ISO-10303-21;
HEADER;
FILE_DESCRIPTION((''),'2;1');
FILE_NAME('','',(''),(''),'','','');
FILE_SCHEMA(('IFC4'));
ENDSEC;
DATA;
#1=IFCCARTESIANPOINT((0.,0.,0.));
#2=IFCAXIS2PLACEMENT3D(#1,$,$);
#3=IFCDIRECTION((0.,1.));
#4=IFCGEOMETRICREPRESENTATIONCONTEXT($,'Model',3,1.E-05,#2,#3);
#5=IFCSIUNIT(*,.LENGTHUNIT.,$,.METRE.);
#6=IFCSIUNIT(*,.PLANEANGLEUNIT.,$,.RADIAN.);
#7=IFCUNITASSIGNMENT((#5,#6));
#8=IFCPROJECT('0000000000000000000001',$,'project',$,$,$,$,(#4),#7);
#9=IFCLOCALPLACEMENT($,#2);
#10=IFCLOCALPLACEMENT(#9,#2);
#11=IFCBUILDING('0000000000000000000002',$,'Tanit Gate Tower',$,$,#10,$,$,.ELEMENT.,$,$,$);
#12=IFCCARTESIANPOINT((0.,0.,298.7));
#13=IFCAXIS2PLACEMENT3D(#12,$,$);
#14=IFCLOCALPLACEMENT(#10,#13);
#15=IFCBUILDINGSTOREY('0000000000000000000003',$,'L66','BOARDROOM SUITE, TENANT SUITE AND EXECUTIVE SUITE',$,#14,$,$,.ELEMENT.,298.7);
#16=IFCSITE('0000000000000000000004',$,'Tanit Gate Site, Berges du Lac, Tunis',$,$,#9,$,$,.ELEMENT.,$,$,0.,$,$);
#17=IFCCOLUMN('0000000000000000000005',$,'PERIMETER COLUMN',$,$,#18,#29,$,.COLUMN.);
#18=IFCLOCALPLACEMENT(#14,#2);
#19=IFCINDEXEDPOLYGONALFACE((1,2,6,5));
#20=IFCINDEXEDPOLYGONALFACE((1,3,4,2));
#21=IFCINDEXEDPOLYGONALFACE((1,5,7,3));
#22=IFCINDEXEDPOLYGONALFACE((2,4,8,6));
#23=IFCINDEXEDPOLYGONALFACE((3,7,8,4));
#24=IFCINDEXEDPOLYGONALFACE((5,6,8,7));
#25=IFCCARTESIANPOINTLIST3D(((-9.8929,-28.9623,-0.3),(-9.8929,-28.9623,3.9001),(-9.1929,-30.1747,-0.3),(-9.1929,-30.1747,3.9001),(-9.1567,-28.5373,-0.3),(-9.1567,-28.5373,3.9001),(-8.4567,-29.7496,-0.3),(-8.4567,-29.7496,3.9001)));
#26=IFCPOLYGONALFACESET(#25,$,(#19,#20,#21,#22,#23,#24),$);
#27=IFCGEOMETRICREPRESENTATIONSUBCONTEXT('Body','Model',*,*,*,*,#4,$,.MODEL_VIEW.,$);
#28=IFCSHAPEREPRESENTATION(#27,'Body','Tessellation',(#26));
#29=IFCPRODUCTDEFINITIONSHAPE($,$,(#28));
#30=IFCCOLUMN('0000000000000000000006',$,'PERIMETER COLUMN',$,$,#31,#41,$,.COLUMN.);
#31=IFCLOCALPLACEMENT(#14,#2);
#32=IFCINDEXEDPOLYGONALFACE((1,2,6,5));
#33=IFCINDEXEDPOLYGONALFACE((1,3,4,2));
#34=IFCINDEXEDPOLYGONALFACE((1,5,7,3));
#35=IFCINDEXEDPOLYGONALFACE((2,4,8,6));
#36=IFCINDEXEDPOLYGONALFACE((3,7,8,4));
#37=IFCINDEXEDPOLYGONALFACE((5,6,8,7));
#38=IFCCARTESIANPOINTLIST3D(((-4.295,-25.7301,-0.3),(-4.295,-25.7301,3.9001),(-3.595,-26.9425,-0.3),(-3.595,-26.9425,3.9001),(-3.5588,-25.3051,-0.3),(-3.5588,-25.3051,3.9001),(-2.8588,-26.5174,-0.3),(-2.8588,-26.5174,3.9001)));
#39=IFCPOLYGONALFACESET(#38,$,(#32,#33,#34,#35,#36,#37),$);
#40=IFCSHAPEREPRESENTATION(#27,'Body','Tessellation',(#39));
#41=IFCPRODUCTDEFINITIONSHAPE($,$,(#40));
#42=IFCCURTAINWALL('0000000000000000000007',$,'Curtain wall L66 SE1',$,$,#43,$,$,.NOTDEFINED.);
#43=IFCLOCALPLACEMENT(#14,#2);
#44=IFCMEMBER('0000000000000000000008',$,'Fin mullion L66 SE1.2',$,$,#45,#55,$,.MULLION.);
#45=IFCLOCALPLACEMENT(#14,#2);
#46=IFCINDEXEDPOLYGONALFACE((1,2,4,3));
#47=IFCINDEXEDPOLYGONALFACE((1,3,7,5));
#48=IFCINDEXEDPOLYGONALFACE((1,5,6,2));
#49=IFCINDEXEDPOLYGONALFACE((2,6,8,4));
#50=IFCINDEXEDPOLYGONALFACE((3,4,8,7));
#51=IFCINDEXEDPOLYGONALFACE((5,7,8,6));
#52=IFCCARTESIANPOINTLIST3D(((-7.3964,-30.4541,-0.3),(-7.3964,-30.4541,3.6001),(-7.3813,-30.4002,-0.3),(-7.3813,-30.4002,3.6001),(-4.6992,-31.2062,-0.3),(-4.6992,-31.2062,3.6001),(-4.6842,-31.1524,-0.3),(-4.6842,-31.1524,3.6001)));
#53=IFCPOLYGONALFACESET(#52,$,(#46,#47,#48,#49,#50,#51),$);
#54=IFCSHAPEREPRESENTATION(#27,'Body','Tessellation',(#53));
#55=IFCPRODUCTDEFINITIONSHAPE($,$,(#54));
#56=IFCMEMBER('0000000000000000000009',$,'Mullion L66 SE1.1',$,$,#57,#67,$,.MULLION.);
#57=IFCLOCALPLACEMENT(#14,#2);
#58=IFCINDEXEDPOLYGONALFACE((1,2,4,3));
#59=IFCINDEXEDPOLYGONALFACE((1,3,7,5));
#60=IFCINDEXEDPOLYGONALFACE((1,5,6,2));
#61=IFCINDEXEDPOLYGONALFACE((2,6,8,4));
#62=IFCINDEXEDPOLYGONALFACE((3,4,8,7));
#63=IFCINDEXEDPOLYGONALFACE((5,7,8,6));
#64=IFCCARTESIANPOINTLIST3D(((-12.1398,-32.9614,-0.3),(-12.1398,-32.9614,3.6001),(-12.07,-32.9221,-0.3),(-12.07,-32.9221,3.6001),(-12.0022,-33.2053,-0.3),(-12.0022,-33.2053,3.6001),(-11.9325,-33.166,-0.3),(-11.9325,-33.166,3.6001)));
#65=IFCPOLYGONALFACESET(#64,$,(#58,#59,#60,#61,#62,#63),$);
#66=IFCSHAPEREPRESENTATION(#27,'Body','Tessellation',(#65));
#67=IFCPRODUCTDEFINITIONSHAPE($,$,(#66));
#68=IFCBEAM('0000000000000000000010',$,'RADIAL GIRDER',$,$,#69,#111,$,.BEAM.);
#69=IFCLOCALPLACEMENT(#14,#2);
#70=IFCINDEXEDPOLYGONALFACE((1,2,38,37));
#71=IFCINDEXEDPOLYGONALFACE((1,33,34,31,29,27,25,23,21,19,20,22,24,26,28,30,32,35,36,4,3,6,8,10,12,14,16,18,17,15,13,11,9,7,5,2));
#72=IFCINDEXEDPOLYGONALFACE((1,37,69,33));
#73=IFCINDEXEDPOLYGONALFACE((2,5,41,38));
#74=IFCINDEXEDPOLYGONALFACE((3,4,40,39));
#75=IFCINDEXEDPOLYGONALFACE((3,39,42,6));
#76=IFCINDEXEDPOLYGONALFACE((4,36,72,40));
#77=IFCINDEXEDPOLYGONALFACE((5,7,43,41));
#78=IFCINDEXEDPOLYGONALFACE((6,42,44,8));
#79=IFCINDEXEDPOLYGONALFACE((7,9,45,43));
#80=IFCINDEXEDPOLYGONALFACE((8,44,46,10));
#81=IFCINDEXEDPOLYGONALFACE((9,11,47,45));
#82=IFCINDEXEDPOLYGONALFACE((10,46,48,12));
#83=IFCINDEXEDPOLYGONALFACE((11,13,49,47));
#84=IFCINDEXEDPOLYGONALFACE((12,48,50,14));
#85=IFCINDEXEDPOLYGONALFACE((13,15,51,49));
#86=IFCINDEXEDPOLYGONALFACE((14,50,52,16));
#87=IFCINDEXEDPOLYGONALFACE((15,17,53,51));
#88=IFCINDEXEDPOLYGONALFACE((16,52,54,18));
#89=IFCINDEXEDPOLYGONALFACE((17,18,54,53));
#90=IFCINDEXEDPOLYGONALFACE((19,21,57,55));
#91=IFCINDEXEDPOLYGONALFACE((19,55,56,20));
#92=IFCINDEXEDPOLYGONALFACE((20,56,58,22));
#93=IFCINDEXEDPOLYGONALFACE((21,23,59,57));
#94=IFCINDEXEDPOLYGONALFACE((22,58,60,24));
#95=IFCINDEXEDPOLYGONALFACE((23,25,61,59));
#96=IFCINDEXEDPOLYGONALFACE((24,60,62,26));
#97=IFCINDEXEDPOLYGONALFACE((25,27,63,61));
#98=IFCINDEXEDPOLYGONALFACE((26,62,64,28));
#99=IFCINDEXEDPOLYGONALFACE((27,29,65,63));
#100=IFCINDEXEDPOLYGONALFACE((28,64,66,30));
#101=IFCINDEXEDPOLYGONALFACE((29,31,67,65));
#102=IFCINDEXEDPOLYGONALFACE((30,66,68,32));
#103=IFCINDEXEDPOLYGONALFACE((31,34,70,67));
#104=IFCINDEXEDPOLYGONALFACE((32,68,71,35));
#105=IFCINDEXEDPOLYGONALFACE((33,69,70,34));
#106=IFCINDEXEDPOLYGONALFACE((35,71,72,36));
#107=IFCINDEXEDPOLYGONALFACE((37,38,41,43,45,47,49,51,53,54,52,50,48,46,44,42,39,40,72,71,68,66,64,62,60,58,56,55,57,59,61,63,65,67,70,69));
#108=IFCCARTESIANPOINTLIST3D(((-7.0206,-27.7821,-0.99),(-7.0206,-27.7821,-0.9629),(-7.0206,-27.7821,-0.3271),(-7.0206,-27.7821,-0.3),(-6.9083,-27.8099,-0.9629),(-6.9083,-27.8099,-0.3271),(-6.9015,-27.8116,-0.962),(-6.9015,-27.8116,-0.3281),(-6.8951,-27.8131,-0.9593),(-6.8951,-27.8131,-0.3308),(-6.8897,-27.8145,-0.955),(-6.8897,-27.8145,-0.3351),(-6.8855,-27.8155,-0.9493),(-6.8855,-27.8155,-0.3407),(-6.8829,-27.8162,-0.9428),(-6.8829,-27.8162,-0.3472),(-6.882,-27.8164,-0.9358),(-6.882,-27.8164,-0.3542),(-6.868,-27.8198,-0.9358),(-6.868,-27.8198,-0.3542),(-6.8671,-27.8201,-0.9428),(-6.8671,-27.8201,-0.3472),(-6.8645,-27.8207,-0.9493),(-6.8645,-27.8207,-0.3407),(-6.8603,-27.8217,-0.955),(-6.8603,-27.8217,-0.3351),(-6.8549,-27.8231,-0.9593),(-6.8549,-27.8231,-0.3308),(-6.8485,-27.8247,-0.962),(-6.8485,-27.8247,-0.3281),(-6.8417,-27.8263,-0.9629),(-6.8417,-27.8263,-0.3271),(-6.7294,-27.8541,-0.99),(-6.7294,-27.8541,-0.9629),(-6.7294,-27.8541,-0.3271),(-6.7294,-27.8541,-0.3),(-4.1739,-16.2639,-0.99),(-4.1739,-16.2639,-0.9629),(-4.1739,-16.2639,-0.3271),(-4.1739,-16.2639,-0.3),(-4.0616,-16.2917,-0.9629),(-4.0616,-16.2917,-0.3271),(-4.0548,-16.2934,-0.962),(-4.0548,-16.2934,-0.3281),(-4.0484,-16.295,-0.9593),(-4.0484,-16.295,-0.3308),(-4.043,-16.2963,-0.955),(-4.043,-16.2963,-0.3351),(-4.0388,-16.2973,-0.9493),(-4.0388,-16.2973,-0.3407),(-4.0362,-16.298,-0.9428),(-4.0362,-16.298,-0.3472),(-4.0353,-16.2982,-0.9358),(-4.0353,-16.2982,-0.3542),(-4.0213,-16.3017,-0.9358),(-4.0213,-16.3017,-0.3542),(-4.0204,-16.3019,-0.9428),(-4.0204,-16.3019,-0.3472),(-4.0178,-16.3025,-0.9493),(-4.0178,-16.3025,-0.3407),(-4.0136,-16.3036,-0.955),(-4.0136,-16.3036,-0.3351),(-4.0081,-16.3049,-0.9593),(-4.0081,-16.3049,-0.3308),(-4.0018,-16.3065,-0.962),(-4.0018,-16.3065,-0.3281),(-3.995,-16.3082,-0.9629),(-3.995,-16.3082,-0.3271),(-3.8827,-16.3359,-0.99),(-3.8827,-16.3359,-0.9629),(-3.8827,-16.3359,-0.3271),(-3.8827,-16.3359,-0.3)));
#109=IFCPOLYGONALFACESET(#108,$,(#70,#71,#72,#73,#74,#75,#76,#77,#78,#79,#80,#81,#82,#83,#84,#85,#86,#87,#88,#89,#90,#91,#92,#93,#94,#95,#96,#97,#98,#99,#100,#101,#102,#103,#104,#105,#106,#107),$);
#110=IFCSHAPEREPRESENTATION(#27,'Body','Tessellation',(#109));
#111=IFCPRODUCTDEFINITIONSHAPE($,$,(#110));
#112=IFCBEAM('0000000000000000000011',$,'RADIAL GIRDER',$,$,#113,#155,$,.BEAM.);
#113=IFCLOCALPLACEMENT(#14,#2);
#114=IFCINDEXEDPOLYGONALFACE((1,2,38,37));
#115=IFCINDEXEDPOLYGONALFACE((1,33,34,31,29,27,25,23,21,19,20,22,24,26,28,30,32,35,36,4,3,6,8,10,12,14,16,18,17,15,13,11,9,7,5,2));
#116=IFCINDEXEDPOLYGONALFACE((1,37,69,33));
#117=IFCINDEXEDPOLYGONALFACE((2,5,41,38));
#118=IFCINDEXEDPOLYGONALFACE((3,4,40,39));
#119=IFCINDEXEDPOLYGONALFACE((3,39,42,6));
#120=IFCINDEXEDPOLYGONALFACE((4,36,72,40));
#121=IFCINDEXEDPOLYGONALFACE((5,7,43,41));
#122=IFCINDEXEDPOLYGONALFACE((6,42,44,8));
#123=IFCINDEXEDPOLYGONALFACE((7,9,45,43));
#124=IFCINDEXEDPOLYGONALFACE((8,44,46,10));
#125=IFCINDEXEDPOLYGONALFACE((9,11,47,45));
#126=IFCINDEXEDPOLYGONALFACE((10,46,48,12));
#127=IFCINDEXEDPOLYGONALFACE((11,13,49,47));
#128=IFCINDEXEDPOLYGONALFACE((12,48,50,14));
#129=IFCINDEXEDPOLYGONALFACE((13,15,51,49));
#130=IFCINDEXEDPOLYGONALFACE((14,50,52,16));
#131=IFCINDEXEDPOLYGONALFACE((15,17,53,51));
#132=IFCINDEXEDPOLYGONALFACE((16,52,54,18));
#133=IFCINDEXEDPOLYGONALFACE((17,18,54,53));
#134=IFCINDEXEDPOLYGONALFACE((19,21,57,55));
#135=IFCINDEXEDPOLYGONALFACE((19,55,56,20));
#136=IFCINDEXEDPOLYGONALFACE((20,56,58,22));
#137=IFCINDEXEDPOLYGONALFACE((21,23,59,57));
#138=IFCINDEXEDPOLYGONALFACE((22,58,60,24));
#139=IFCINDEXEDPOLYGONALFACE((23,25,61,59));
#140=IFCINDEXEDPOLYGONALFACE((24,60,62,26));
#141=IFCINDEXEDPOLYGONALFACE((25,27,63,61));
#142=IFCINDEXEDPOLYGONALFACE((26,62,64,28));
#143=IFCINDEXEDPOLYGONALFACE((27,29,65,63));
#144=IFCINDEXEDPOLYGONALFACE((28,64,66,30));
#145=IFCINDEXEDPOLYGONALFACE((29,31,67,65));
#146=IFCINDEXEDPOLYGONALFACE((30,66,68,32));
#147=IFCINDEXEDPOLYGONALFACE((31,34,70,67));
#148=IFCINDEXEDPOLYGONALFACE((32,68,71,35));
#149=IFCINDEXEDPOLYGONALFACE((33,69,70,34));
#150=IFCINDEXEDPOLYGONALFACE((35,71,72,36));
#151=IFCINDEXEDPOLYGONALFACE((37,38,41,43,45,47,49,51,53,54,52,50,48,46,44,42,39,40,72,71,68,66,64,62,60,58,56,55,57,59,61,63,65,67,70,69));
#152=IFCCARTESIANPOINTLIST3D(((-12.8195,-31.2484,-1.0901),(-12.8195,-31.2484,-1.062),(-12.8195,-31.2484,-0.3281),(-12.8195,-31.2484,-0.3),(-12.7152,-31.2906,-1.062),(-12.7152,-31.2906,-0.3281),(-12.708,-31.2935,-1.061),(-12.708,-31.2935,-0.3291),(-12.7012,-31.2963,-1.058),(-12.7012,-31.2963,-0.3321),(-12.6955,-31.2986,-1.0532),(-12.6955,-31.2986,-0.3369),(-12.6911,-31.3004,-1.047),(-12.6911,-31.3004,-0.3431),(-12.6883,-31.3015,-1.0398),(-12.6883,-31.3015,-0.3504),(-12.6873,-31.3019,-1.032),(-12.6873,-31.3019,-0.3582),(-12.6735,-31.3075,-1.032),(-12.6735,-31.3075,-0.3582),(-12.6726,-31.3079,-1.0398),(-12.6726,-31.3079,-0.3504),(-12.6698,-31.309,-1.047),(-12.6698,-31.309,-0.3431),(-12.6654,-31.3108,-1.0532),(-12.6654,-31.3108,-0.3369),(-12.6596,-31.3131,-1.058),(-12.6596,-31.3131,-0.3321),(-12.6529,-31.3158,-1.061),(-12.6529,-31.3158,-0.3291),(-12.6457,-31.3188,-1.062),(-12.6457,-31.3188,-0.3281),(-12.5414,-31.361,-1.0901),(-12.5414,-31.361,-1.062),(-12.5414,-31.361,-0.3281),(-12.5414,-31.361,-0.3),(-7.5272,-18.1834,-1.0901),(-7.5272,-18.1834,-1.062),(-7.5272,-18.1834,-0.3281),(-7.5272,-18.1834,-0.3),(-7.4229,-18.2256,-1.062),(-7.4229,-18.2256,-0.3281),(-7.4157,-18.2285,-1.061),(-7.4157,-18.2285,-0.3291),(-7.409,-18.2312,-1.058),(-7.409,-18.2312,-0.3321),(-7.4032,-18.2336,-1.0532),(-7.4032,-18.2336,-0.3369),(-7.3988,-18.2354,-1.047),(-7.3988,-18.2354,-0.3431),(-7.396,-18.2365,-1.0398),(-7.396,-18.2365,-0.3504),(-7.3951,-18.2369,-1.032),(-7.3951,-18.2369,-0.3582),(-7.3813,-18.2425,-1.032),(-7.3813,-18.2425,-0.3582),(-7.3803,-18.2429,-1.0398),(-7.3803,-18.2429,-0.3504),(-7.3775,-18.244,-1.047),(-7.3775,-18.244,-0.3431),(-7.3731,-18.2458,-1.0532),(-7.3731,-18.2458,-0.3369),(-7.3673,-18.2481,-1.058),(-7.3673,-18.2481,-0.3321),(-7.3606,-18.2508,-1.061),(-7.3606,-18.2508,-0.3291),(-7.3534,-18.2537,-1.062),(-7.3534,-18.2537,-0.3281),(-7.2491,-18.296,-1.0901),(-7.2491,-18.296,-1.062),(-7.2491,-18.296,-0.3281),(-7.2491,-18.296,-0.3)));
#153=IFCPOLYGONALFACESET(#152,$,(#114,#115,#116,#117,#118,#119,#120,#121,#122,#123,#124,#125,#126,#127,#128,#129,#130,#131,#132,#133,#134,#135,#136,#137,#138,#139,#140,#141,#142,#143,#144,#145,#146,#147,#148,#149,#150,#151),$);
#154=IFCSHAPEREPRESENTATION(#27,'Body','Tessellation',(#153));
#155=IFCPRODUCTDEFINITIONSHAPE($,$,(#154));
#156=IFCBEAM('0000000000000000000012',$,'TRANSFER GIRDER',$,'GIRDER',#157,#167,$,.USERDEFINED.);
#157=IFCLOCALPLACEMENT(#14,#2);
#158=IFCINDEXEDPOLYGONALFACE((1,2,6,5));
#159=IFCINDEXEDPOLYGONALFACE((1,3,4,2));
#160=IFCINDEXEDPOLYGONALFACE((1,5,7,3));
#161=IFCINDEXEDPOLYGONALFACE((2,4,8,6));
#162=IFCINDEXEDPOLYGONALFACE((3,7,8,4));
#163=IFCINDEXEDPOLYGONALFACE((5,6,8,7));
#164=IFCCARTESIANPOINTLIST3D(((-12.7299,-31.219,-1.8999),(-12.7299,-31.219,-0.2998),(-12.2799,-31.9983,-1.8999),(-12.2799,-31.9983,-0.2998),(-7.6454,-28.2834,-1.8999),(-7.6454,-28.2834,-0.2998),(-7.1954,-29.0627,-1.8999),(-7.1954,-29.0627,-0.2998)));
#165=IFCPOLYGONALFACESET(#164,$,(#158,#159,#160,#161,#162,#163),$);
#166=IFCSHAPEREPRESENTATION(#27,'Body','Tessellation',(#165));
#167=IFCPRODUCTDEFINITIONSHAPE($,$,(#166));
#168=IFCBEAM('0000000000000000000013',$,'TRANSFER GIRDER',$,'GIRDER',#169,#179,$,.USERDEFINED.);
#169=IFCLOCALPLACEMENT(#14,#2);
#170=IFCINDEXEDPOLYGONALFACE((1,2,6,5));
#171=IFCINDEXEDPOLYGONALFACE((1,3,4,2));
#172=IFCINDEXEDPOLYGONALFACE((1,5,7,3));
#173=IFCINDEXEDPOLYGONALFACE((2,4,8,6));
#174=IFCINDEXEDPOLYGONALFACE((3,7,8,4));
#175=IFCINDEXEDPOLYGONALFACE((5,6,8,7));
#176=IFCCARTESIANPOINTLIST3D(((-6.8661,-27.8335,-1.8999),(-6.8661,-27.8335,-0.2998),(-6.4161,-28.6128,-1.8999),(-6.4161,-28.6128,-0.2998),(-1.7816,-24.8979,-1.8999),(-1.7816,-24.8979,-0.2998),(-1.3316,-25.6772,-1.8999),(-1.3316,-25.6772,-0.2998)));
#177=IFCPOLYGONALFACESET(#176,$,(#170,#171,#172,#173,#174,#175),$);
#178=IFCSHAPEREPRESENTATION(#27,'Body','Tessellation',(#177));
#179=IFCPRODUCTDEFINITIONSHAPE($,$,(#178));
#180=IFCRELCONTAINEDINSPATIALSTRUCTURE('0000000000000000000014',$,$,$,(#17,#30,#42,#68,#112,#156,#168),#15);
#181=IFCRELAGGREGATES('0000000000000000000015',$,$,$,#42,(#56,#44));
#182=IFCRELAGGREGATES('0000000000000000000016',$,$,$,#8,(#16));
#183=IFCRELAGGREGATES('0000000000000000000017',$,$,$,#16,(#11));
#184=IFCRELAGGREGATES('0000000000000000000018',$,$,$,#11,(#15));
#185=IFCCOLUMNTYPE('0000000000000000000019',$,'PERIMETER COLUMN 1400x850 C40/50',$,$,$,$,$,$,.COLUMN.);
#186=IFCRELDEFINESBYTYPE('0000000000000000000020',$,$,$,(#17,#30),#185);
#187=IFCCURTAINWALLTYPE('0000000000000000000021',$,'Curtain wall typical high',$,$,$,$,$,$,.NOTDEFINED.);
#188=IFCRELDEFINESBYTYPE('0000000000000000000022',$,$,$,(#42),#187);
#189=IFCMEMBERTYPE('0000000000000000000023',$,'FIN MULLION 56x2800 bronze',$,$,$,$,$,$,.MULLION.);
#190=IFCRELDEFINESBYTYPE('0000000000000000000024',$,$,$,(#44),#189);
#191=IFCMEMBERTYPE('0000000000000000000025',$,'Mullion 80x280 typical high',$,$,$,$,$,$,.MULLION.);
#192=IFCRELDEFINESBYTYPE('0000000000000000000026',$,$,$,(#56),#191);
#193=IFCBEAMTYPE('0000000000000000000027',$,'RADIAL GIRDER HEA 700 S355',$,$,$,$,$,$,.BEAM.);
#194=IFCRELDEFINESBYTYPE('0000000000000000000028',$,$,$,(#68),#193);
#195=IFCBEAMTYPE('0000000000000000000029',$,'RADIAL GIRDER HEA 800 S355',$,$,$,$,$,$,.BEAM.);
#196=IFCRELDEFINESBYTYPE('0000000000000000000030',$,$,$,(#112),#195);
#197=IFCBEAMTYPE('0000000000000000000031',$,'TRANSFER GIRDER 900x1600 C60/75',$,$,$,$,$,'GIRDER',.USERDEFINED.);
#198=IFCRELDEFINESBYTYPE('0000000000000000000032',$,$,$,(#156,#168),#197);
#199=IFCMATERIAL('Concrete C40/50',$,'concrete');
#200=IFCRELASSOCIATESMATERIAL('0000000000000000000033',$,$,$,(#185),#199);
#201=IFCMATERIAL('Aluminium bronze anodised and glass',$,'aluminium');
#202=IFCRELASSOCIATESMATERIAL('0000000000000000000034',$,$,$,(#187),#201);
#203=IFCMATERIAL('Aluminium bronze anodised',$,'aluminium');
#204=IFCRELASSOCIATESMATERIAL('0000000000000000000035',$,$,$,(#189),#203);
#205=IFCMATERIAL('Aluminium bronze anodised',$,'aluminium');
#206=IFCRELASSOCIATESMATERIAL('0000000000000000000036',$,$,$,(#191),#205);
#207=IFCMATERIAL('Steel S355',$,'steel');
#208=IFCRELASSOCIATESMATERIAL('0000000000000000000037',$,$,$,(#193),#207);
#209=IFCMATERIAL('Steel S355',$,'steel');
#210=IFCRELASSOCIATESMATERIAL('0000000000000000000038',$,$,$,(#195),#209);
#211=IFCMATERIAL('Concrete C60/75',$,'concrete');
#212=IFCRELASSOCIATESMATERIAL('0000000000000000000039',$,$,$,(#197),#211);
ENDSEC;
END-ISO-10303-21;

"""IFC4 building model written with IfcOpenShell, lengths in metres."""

from ifc_helpers import new_model, si_unit, direction, frame, origin, origin_2d, place, context, subcontext, project, spatial, rectangle, i_section, extrude, material, material_profile, profile_set, type_object, element, aggregate, save


model = new_model("IFC4")

# Units and contexts
model_context = context("Model", 3, precision=1e-05, world=origin(), true_north=direction((0.0, 1.0)))
body_context = subcontext(model_context, "Body", "Model", "MODEL_VIEW")
ifc_project = project(units=[si_unit("LENGTHUNIT", "METRE"), si_unit("PLANEANGLEUNIT", "RADIAN")], contexts=[model_context])

# Site, building, storey
site_placement = place(None, origin())
site = spatial("IfcSite", under=ifc_project, at=site_placement, Name="Tanit Gate Site, Berges du Lac, Tunis", CompositionType="ELEMENT", RefElevation=0.0)
building_placement = place(site_placement, origin())
building = spatial("IfcBuilding", under=site, at=building_placement, Name="Tanit Gate Tower", CompositionType="ELEMENT")
storey_placement = place(building_placement, frame((0.0, 0.0, 298.7)))
storey = spatial("IfcBuildingStorey", under=building, at=storey_placement, Name="L66", Description="BOARDROOM SUITE, TENANT SUITE AND EXECUTIVE SUITE", CompositionType="ELEMENT", Elevation=298.7)

# Columns
ifc_material_1 = material(Name="Concrete C40/50", Category="concrete")
ifc_material_profile_1 = material_profile(ifc_material_1, rectangle(XDim=1.3999, YDim=0.8501, at=origin_2d()), Name="RC 1400x850")
ifc_profile_set_1 = profile_set([ifc_material_profile_1], Name="Concrete C40/50")
column_type = type_object("IfcColumnType", Name="PERIMETER COLUMN 1400x850 C40/50", PredefinedType="COLUMN", material=ifc_profile_set_1)
for number, where, z_axis, x_axis, name in (
    (1, (-9.1748, -29.356, -0.3), (0.0, 0.0, 1.0), (0.5, -0.866025, 0.0), "PERIMETER COLUMN"),
    (2, (-3.5769, -26.1238, -0.3), (0.0, 0.0, 1.0), (0.5, -0.866025, 0.0), "PERIMETER COLUMN"),
):
    element("IfcColumn", number, at=place(storey_placement, frame(where, z_axis=z_axis, x_axis=x_axis)), inside=storey, type_object=column_type, Name=name, PredefinedType="COLUMN", context=body_context, shape_type="SweptSolid", body=[
        extrude(rectangle(XDim=1.3999, YDim=0.8501, at=origin_2d()), origin(), (0.0, 0.0, 1.0), 4.2002),
    ])

# Curtain wall, members
ifc_material_2 = material(Name="Aluminium bronze anodised and glass", Category="aluminium")
curtain_wall_type = type_object("IfcCurtainWallType", Name="Curtain wall typical high", PredefinedType="NOTDEFINED", material=ifc_material_2)
curtain_wall_placement = place(storey_placement, origin())
curtain_wall = element("IfcCurtainWall", 3, at=curtain_wall_placement, inside=storey, type_object=curtain_wall_type, Name="Curtain wall L66 SE1", PredefinedType="NOTDEFINED")
ifc_material_3 = material(Name="Aluminium bronze anodised", Category="aluminium")
ifc_material_profile_2 = material_profile(ifc_material_3, rectangle(XDim=2.8, YDim=0.0559, at=origin_2d()), Name="56x2800 bronze fin mullion")
ifc_profile_set_2 = profile_set([ifc_material_profile_2], Name="Aluminium bronze anodised")
member_type_1 = type_object("IfcMemberType", Name="FIN MULLION 56x2800 bronze", PredefinedType="MULLION", material=ifc_profile_set_2)
member_1_placement = place(storey_placement, frame((-6.0403, -30.8032, -0.3), z_axis=(0.0, 0.0, 1.0), x_axis=(-0.96325, 0.268606, 0.0)))
member_1 = element("IfcMember", 4, at=member_1_placement, type_object=member_type_1, Name="Fin mullion L66 SE1.2", PredefinedType="MULLION", context=body_context, shape_type="SweptSolid", body=[
    extrude(rectangle(XDim=2.8, YDim=0.0559, at=origin_2d()), origin(), (0.0, 0.0, 1.0), 3.9001),
])
ifc_material_4 = material(Name="Aluminium bronze anodised", Category="aluminium")
ifc_material_profile_3 = material_profile(ifc_material_4, rectangle(XDim=0.28, YDim=0.0801, at=origin_2d()), Name="80x280 bronze mullion")
ifc_profile_set_3 = profile_set([ifc_material_profile_3], Name="Aluminium bronze anodised")
member_type_2 = type_object("IfcMemberType", Name="Mullion 80x280 typical high", PredefinedType="MULLION", material=ifc_profile_set_3)
member_2_placement = place(storey_placement, frame((-12.0361, -33.0637, -0.3), z_axis=(0.0, 0.0, 1.0), x_axis=(-0.491188, 0.871054, 0.0)))
member_2 = element("IfcMember", 5, at=member_2_placement, type_object=member_type_2, Name="Mullion L66 SE1.1", PredefinedType="MULLION", context=body_context, shape_type="SweptSolid", body=[
    extrude(rectangle(XDim=0.28, YDim=0.0801, at=origin_2d()), origin(), (0.0, 0.0, 1.0), 3.9001),
])

# Beams
ifc_material_5 = material(Name="Steel S355", Category="steel")
ifc_material_profile_4 = material_profile(ifc_material_5, i_section(OverallWidth=0.3, OverallDepth=0.6899, WebThickness=0.0144, FlangeThickness=0.0271, FilletRadius=0.0271, at=origin_2d()), Name="HEA 700")
ifc_profile_set_4 = profile_set([ifc_material_profile_4], Name="Steel S355")
beam_type_1 = type_object("IfcBeamType", Name="RADIAL GIRDER HEA 700 S355", PredefinedType="BEAM", material=ifc_profile_set_4)
beam_1_placement = place(storey_placement, frame((-6.875, -27.8181, -0.645), z_axis=(0.23993, 0.97079, 0.0), x_axis=(-0.97079, 0.23993, 0.0)))
element("IfcBeam", 6, at=beam_1_placement, inside=storey, type_object=beam_type_1, Name="RADIAL GIRDER", PredefinedType="BEAM", context=body_context, shape_type="SweptSolid", body=[
    extrude(i_section(OverallWidth=0.3, OverallDepth=0.6899, WebThickness=0.0144, FlangeThickness=0.0271, FilletRadius=0.0271, at=origin_2d()), origin(), (0.0, 0.0, 1.0), 11.8647),
])
ifc_material_6 = material(Name="Steel S355", Category="steel")
ifc_material_profile_5 = material_profile(ifc_material_6, i_section(OverallWidth=0.3, OverallDepth=0.79, WebThickness=0.0149, FlangeThickness=0.0281, FilletRadius=0.03, at=origin_2d()), Name="HEA 800")
ifc_profile_set_5 = profile_set([ifc_material_profile_5], Name="Steel S355")
beam_type_2 = type_object("IfcBeamType", Name="RADIAL GIRDER HEA 800 S355", PredefinedType="BEAM", material=ifc_profile_set_5)
beam_2_placement = place(storey_placement, frame((-12.6804, -31.3047, -0.6951), z_axis=(0.375439, 0.926847, 0.0), x_axis=(-0.926847, 0.375439, 0.0)))
element("IfcBeam", 7, at=beam_2_placement, inside=storey, type_object=beam_type_2, Name="RADIAL GIRDER", PredefinedType="BEAM", context=body_context, shape_type="SweptSolid", body=[
    extrude(i_section(OverallWidth=0.3, OverallDepth=0.79, WebThickness=0.0149, FlangeThickness=0.0281, FilletRadius=0.03, at=origin_2d()), origin(), (0.0, 0.0, 1.0), 14.0962),
])
ifc_material_7 = material(Name="Concrete C60/75", Category="concrete")
ifc_material_profile_6 = material_profile(ifc_material_7, rectangle(XDim=0.8999, YDim=1.6001, at=origin_2d()), Name="RC 900x1600")
ifc_profile_set_6 = profile_set([ifc_material_profile_6], Name="Concrete C60/75")
beam_type_3 = type_object("IfcBeamType", Name="TRANSFER GIRDER 900x1600 C60/75", ElementType="GIRDER", PredefinedType="USERDEFINED", material=ifc_profile_set_6)
for number, where, z_axis, x_axis, name in (
    (8, (-12.5049, -31.6086, -1.0999), (0.866024, 0.500003, 0.0), (-0.500003, 0.866024, 0.0), "TRANSFER GIRDER"),
    (9, (-6.6411, -28.2231, -1.0999), (0.866024, 0.500003, 0.0), (-0.500003, 0.866024, 0.0), "TRANSFER GIRDER"),
):
    element("IfcBeam", number, at=place(storey_placement, frame(where, z_axis=z_axis, x_axis=x_axis)), inside=storey, type_object=beam_type_3, Name=name, ObjectType="GIRDER", PredefinedType="USERDEFINED", context=body_context, shape_type="SweptSolid", body=[
        extrude(rectangle(XDim=0.8999, YDim=1.6001, at=origin_2d()), origin(), (0.0, 0.0, 1.0), 5.8711),
    ])

aggregate(curtain_wall, [member_2, member_1])

save(model, "model.ifc")
